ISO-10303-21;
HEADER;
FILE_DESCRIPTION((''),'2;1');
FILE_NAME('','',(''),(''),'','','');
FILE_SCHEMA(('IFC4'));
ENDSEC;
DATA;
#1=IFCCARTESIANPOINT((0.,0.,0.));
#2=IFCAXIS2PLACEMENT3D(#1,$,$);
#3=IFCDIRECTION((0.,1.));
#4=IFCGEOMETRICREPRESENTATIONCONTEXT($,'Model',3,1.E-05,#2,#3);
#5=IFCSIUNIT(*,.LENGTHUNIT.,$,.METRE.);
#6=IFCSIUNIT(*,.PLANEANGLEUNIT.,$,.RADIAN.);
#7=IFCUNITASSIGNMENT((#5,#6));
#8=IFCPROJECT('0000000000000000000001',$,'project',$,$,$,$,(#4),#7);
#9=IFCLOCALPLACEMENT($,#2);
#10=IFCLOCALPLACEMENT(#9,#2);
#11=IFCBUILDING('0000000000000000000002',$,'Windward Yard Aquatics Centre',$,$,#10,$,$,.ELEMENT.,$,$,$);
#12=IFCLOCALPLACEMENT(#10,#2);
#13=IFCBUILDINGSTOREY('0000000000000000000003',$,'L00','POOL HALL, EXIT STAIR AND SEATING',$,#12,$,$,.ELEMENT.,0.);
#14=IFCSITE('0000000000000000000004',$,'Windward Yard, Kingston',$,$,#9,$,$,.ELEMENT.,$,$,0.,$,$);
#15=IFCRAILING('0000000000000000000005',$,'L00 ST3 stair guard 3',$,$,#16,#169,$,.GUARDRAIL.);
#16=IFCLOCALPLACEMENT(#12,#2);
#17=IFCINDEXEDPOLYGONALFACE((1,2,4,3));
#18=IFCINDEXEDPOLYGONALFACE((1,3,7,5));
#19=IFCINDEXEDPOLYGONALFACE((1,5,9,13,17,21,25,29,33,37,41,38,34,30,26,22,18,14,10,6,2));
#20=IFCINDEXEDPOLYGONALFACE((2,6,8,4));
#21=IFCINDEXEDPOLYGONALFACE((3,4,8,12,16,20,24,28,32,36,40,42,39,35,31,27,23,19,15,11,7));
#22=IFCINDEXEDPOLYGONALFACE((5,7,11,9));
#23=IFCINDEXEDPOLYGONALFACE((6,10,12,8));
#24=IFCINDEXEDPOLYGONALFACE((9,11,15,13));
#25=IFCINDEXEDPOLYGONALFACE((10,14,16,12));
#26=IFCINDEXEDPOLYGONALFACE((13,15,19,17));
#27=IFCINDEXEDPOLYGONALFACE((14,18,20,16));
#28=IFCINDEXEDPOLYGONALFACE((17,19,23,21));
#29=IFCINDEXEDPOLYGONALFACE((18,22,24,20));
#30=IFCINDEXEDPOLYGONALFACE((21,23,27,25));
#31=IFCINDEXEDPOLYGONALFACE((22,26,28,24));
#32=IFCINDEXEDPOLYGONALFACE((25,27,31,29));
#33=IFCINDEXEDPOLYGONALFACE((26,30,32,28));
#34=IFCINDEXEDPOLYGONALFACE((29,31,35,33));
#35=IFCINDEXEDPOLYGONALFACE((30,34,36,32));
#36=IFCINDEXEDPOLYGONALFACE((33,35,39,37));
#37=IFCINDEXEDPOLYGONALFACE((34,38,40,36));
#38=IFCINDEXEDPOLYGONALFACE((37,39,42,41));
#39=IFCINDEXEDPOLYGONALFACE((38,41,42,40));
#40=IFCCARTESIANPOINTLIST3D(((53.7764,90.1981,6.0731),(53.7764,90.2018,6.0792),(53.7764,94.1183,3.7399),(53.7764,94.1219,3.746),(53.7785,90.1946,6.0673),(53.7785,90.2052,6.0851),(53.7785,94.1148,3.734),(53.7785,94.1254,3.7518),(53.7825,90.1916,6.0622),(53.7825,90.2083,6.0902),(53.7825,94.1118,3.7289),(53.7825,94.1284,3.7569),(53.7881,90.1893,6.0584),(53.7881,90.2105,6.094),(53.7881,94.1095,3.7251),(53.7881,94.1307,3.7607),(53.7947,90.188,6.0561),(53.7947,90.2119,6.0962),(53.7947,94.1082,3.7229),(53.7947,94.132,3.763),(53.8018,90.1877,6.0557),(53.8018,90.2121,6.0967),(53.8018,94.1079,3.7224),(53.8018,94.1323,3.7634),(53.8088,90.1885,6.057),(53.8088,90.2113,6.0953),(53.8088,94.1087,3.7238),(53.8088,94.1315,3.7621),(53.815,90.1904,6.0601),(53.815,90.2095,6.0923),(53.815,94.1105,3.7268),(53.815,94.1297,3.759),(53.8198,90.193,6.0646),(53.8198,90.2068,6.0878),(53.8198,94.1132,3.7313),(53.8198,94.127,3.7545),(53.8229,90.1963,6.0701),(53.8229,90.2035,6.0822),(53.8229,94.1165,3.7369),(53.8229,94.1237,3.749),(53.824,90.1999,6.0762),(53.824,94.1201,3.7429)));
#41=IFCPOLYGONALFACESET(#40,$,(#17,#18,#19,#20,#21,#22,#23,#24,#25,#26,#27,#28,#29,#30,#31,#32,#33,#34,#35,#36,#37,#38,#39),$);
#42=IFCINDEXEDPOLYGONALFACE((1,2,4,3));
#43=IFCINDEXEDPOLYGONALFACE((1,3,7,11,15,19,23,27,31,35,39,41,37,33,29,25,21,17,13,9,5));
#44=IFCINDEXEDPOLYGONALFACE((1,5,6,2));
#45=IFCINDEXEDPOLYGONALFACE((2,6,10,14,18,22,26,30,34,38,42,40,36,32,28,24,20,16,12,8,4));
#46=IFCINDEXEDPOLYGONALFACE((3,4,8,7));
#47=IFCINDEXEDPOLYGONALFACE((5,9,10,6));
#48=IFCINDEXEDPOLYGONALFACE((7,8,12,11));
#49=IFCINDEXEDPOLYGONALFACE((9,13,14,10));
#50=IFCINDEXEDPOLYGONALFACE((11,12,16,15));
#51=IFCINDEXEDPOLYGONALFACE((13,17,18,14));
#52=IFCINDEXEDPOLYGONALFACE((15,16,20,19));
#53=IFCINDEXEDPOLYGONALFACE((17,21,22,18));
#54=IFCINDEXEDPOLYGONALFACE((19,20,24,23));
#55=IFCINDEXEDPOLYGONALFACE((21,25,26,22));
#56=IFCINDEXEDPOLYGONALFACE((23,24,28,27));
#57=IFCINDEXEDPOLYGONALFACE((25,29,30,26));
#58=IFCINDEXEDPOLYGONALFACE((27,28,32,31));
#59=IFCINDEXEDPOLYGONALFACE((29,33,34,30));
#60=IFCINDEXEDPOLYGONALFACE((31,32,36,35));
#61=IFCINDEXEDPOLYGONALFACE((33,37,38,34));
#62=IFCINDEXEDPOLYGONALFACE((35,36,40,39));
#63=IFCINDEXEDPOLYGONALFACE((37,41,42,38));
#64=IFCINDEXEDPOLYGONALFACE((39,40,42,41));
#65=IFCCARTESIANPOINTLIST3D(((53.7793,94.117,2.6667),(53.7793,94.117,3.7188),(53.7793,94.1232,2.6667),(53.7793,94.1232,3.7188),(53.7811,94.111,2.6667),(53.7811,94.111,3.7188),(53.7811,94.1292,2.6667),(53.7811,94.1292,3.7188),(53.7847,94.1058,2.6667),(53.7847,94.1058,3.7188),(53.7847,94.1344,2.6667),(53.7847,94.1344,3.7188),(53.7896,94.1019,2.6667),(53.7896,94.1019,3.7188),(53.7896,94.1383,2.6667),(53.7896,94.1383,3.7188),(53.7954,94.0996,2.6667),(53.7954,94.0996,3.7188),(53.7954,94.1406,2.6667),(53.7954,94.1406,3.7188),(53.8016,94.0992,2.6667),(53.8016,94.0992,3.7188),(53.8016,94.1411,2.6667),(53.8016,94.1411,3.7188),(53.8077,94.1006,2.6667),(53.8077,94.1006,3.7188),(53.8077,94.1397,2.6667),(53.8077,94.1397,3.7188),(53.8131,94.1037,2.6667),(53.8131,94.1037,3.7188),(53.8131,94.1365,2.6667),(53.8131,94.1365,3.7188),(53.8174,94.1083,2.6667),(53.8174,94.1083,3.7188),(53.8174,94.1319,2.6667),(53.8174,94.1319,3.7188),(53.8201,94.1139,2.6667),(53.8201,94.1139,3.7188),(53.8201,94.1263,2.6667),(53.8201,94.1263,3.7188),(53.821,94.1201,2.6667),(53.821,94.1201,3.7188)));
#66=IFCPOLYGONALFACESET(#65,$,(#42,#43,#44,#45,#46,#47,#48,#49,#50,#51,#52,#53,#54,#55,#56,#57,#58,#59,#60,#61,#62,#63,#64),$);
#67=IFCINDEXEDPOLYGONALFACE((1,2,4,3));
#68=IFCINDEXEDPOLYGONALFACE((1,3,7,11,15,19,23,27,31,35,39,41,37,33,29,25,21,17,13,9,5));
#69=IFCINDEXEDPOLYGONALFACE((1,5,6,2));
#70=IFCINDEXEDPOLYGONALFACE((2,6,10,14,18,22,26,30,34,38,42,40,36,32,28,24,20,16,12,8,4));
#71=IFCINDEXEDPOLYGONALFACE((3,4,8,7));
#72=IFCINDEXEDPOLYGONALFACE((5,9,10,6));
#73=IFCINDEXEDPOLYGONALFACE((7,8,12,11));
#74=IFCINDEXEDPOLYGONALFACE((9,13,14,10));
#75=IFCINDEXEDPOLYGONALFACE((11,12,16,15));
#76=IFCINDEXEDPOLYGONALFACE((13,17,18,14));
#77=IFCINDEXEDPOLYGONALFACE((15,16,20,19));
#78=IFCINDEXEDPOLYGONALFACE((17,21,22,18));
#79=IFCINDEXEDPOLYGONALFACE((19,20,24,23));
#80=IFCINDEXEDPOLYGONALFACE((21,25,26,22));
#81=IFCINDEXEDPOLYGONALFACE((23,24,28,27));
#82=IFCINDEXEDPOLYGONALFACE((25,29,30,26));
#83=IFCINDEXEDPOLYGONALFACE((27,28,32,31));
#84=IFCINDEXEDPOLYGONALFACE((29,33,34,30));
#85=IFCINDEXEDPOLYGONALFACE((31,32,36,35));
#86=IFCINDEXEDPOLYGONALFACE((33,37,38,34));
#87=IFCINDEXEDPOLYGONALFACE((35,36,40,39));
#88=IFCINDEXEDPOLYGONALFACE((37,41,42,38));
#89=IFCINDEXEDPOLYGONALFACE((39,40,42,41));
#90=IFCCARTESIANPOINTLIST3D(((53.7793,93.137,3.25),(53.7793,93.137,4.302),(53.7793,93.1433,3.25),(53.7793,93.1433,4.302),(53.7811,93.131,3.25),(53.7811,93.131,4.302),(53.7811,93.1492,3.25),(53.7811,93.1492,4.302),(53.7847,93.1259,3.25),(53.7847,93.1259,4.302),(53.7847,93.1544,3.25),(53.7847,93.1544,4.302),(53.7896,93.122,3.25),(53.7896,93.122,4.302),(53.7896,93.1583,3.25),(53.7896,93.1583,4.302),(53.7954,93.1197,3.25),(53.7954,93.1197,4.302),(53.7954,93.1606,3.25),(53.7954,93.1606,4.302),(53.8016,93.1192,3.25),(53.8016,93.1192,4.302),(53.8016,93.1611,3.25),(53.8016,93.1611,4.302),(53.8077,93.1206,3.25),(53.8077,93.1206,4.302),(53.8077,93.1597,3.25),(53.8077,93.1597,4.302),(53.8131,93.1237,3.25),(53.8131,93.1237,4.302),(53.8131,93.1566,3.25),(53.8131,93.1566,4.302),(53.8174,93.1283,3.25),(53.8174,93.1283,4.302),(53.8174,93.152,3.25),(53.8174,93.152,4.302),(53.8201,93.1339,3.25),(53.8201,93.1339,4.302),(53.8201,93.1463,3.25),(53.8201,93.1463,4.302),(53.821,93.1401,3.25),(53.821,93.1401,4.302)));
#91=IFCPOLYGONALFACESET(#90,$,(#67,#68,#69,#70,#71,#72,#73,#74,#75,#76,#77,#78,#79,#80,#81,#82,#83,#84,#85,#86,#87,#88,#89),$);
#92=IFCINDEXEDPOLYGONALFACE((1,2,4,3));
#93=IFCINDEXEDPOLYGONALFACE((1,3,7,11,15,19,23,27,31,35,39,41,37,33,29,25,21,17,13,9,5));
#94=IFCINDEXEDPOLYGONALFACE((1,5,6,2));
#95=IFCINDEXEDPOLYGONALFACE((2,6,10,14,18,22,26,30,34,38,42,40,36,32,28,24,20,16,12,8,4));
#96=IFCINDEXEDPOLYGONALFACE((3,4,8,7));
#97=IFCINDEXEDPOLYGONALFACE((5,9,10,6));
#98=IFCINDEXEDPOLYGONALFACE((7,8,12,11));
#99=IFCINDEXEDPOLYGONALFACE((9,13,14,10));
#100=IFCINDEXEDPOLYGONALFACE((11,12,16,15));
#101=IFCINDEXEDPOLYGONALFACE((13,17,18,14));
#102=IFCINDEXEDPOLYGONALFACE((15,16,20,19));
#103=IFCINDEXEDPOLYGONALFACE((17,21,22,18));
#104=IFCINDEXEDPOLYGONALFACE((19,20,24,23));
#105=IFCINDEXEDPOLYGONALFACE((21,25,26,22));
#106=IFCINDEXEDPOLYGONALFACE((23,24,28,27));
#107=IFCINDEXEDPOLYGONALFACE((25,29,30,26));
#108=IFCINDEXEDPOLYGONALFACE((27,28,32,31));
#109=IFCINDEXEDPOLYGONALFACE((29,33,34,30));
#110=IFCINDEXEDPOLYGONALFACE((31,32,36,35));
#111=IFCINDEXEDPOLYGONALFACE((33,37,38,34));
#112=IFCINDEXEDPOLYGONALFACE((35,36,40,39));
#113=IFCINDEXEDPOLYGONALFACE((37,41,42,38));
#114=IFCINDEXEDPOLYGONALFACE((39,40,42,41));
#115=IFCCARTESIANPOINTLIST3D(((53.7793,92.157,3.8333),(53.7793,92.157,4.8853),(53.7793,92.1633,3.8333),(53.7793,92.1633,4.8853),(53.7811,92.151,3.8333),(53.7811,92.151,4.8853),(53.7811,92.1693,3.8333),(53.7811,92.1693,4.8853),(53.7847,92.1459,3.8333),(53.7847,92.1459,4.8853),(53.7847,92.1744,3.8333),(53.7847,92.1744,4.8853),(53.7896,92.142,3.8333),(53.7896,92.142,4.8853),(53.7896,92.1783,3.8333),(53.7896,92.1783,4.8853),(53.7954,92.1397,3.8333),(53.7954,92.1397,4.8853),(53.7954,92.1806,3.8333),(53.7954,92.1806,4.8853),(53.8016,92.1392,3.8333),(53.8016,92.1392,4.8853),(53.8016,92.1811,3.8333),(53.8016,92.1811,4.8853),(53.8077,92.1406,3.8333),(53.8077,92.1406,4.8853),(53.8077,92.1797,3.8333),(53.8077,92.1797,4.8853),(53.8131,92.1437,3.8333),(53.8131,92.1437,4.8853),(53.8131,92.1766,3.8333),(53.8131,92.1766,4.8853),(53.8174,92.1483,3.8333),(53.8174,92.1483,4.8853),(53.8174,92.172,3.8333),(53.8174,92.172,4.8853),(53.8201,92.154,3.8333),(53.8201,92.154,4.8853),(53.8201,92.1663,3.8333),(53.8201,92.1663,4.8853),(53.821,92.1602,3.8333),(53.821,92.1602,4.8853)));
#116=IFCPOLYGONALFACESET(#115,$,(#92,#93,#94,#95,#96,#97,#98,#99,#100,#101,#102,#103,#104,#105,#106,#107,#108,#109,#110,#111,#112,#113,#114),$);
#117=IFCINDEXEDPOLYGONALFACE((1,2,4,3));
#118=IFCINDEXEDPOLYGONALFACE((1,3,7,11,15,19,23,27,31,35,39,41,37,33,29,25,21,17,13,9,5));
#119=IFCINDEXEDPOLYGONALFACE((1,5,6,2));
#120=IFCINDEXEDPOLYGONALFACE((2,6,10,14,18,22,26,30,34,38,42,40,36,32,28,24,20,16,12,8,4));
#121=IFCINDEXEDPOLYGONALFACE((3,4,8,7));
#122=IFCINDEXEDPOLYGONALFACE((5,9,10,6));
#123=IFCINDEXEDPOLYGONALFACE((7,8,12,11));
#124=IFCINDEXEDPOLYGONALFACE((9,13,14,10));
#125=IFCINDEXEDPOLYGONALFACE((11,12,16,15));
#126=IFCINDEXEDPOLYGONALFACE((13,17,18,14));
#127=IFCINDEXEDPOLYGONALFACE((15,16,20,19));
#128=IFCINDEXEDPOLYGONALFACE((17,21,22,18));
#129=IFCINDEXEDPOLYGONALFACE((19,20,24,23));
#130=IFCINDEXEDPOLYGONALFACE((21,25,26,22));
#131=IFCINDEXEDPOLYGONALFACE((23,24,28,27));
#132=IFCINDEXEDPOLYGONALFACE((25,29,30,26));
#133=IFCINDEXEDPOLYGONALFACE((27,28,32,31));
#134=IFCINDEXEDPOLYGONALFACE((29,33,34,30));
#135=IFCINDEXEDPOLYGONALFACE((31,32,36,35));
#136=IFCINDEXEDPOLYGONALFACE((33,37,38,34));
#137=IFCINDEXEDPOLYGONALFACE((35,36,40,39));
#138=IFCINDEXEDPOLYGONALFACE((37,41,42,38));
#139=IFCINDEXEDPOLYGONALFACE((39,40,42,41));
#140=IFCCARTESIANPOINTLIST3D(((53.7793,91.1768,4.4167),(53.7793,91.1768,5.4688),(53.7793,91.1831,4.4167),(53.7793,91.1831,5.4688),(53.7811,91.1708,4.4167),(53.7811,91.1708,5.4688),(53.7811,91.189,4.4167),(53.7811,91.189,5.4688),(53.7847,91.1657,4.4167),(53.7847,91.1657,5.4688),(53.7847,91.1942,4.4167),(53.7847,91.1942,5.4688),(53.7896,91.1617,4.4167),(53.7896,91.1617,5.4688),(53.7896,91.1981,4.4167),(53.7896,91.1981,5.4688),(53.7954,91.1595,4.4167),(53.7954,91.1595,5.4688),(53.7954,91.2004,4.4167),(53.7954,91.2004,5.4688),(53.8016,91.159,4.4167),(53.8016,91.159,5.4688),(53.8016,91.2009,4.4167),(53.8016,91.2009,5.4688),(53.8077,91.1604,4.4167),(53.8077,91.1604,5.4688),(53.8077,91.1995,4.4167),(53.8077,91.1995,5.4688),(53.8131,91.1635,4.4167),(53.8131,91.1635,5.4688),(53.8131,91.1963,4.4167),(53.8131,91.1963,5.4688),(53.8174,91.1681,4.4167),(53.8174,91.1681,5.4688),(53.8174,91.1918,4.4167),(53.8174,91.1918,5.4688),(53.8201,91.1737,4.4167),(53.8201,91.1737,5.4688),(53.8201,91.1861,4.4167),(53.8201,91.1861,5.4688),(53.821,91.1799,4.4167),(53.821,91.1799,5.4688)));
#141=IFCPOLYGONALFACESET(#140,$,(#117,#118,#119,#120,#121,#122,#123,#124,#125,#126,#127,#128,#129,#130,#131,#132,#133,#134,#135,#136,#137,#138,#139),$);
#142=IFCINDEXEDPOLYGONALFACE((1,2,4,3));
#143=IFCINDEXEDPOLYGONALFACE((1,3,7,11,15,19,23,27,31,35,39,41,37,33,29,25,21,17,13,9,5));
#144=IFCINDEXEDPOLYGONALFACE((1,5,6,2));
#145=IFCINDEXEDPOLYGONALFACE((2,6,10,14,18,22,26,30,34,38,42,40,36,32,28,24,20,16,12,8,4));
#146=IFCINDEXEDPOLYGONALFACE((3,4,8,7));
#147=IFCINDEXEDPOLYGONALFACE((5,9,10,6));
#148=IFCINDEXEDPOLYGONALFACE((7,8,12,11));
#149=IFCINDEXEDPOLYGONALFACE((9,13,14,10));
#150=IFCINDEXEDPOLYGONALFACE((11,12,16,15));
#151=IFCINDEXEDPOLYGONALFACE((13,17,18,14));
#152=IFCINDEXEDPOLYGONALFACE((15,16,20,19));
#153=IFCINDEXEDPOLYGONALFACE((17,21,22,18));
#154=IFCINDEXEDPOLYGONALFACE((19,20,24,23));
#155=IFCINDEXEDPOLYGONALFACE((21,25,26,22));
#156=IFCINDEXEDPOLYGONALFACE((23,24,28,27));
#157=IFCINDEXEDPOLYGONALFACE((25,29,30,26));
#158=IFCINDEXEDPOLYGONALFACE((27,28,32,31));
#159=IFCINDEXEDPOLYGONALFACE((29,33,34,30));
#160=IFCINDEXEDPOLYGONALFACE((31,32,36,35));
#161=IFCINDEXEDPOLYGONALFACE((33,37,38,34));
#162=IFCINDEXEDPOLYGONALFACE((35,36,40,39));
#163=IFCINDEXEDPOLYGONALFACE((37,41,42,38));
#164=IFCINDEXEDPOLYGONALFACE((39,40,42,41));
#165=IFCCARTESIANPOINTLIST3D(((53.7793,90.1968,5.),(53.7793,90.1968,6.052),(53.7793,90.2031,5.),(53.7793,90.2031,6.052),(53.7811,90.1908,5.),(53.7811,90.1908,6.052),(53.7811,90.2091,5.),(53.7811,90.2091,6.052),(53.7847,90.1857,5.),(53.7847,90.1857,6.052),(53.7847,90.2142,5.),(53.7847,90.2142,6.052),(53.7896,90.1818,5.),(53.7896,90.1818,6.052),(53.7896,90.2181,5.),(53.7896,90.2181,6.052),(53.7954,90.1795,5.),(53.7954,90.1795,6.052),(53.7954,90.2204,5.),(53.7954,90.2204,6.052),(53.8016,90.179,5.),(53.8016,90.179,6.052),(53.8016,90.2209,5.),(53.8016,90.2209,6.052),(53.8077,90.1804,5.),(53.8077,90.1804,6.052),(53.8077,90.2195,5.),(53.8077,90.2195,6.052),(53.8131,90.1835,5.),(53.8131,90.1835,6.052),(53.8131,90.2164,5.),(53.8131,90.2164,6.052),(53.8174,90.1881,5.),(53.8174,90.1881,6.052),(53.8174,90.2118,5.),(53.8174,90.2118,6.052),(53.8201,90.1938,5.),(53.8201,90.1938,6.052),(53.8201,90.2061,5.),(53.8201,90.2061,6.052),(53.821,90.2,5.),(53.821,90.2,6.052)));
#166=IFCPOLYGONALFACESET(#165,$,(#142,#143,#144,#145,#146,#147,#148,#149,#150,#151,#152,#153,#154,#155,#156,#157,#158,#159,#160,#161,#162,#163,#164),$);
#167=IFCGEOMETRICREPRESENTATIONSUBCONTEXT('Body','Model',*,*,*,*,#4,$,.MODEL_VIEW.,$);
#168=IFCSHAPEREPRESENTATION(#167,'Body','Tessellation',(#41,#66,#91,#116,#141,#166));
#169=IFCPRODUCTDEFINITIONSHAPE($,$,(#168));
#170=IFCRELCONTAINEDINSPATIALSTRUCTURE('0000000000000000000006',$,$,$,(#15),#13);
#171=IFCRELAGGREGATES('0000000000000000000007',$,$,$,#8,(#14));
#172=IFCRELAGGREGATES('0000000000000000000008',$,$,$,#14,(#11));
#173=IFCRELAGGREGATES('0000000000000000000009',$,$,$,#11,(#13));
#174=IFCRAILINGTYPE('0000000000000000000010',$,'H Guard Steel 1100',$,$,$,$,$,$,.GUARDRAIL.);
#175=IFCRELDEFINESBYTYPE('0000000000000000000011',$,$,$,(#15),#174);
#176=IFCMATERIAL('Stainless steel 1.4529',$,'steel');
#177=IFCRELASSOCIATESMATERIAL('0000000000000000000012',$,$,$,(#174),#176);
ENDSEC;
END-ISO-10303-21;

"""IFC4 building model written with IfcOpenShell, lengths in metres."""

from ifc_helpers import new_model, si_unit, direction, frame, origin, origin_2d, place, context, subcontext, project, spatial, circle, extrude, material, type_object, element, save


model = new_model("IFC4")

# Units and contexts
model_context = context("Model", 3, precision=1e-05, world=origin(), true_north=direction((0.0, 1.0)))
body_context = subcontext(model_context, "Body", "Model", "MODEL_VIEW")
ifc_project = project(units=[si_unit("LENGTHUNIT", "METRE"), si_unit("PLANEANGLEUNIT", "RADIAN")], contexts=[model_context])

# Site, building, storey
site_placement = place(None, origin())
site = spatial("IfcSite", under=ifc_project, at=site_placement, Name="Windward Yard, Kingston", CompositionType="ELEMENT", RefElevation=0.0)
building_placement = place(site_placement, origin())
building = spatial("IfcBuilding", under=site, at=building_placement, Name="Windward Yard Aquatics Centre", CompositionType="ELEMENT")
storey_placement = place(building_placement, origin())
storey = spatial("IfcBuildingStorey", under=building, at=storey_placement, Name="L00", Description="POOL HALL, EXIT STAIR AND SEATING", CompositionType="ELEMENT", Elevation=0.0)

# Railing
ifc_material_1 = material(Name="Stainless steel 1.4529", Category="steel")
railing_type_1 = type_object("IfcRailingType", Name="H Guard Steel 1100", PredefinedType="GUARDRAIL", material=ifc_material_1)
railing_1_placement = place(storey_placement, frame((53.8, 94.1201, 2.6667)))
element("IfcRailing", 1, at=railing_1_placement, inside=storey, type_object=railing_type_1, Name="L00 ST3 stair guard 3", PredefinedType="GUARDRAIL", context=body_context, shape_type="SweptSolid", body=[
    extrude(circle(Radius=0.0239, at=origin_2d()), frame((0.0, 0.0, 1.0762), z_axis=(0.0, -0.85931, 0.511455), x_axis=(1.0, 0.0, 0.0)), (0.0, 0.0, 1.0), 4.562),
    extrude(circle(Radius=0.021, at=origin_2d()), origin(), (0.0, 0.0, 1.0), 1.052),
    extrude(circle(Radius=0.021, at=origin_2d()), frame((0.0, -0.98, 0.5833)), (0.0, 0.0, 1.0), 1.052),
    extrude(circle(Radius=0.021, at=origin_2d()), frame((0.0, -1.96, 1.1665)), (0.0, 0.0, 1.0), 1.052),
    extrude(circle(Radius=0.021, at=origin_2d()), frame((0.0, -2.9402, 1.75)), (0.0, 0.0, 1.0), 1.052),
    extrude(circle(Radius=0.021, at=origin_2d()), frame((0.0, -3.9202, 2.3333)), (0.0, 0.0, 1.0), 1.052),
])

save(model, "model.ifc")
